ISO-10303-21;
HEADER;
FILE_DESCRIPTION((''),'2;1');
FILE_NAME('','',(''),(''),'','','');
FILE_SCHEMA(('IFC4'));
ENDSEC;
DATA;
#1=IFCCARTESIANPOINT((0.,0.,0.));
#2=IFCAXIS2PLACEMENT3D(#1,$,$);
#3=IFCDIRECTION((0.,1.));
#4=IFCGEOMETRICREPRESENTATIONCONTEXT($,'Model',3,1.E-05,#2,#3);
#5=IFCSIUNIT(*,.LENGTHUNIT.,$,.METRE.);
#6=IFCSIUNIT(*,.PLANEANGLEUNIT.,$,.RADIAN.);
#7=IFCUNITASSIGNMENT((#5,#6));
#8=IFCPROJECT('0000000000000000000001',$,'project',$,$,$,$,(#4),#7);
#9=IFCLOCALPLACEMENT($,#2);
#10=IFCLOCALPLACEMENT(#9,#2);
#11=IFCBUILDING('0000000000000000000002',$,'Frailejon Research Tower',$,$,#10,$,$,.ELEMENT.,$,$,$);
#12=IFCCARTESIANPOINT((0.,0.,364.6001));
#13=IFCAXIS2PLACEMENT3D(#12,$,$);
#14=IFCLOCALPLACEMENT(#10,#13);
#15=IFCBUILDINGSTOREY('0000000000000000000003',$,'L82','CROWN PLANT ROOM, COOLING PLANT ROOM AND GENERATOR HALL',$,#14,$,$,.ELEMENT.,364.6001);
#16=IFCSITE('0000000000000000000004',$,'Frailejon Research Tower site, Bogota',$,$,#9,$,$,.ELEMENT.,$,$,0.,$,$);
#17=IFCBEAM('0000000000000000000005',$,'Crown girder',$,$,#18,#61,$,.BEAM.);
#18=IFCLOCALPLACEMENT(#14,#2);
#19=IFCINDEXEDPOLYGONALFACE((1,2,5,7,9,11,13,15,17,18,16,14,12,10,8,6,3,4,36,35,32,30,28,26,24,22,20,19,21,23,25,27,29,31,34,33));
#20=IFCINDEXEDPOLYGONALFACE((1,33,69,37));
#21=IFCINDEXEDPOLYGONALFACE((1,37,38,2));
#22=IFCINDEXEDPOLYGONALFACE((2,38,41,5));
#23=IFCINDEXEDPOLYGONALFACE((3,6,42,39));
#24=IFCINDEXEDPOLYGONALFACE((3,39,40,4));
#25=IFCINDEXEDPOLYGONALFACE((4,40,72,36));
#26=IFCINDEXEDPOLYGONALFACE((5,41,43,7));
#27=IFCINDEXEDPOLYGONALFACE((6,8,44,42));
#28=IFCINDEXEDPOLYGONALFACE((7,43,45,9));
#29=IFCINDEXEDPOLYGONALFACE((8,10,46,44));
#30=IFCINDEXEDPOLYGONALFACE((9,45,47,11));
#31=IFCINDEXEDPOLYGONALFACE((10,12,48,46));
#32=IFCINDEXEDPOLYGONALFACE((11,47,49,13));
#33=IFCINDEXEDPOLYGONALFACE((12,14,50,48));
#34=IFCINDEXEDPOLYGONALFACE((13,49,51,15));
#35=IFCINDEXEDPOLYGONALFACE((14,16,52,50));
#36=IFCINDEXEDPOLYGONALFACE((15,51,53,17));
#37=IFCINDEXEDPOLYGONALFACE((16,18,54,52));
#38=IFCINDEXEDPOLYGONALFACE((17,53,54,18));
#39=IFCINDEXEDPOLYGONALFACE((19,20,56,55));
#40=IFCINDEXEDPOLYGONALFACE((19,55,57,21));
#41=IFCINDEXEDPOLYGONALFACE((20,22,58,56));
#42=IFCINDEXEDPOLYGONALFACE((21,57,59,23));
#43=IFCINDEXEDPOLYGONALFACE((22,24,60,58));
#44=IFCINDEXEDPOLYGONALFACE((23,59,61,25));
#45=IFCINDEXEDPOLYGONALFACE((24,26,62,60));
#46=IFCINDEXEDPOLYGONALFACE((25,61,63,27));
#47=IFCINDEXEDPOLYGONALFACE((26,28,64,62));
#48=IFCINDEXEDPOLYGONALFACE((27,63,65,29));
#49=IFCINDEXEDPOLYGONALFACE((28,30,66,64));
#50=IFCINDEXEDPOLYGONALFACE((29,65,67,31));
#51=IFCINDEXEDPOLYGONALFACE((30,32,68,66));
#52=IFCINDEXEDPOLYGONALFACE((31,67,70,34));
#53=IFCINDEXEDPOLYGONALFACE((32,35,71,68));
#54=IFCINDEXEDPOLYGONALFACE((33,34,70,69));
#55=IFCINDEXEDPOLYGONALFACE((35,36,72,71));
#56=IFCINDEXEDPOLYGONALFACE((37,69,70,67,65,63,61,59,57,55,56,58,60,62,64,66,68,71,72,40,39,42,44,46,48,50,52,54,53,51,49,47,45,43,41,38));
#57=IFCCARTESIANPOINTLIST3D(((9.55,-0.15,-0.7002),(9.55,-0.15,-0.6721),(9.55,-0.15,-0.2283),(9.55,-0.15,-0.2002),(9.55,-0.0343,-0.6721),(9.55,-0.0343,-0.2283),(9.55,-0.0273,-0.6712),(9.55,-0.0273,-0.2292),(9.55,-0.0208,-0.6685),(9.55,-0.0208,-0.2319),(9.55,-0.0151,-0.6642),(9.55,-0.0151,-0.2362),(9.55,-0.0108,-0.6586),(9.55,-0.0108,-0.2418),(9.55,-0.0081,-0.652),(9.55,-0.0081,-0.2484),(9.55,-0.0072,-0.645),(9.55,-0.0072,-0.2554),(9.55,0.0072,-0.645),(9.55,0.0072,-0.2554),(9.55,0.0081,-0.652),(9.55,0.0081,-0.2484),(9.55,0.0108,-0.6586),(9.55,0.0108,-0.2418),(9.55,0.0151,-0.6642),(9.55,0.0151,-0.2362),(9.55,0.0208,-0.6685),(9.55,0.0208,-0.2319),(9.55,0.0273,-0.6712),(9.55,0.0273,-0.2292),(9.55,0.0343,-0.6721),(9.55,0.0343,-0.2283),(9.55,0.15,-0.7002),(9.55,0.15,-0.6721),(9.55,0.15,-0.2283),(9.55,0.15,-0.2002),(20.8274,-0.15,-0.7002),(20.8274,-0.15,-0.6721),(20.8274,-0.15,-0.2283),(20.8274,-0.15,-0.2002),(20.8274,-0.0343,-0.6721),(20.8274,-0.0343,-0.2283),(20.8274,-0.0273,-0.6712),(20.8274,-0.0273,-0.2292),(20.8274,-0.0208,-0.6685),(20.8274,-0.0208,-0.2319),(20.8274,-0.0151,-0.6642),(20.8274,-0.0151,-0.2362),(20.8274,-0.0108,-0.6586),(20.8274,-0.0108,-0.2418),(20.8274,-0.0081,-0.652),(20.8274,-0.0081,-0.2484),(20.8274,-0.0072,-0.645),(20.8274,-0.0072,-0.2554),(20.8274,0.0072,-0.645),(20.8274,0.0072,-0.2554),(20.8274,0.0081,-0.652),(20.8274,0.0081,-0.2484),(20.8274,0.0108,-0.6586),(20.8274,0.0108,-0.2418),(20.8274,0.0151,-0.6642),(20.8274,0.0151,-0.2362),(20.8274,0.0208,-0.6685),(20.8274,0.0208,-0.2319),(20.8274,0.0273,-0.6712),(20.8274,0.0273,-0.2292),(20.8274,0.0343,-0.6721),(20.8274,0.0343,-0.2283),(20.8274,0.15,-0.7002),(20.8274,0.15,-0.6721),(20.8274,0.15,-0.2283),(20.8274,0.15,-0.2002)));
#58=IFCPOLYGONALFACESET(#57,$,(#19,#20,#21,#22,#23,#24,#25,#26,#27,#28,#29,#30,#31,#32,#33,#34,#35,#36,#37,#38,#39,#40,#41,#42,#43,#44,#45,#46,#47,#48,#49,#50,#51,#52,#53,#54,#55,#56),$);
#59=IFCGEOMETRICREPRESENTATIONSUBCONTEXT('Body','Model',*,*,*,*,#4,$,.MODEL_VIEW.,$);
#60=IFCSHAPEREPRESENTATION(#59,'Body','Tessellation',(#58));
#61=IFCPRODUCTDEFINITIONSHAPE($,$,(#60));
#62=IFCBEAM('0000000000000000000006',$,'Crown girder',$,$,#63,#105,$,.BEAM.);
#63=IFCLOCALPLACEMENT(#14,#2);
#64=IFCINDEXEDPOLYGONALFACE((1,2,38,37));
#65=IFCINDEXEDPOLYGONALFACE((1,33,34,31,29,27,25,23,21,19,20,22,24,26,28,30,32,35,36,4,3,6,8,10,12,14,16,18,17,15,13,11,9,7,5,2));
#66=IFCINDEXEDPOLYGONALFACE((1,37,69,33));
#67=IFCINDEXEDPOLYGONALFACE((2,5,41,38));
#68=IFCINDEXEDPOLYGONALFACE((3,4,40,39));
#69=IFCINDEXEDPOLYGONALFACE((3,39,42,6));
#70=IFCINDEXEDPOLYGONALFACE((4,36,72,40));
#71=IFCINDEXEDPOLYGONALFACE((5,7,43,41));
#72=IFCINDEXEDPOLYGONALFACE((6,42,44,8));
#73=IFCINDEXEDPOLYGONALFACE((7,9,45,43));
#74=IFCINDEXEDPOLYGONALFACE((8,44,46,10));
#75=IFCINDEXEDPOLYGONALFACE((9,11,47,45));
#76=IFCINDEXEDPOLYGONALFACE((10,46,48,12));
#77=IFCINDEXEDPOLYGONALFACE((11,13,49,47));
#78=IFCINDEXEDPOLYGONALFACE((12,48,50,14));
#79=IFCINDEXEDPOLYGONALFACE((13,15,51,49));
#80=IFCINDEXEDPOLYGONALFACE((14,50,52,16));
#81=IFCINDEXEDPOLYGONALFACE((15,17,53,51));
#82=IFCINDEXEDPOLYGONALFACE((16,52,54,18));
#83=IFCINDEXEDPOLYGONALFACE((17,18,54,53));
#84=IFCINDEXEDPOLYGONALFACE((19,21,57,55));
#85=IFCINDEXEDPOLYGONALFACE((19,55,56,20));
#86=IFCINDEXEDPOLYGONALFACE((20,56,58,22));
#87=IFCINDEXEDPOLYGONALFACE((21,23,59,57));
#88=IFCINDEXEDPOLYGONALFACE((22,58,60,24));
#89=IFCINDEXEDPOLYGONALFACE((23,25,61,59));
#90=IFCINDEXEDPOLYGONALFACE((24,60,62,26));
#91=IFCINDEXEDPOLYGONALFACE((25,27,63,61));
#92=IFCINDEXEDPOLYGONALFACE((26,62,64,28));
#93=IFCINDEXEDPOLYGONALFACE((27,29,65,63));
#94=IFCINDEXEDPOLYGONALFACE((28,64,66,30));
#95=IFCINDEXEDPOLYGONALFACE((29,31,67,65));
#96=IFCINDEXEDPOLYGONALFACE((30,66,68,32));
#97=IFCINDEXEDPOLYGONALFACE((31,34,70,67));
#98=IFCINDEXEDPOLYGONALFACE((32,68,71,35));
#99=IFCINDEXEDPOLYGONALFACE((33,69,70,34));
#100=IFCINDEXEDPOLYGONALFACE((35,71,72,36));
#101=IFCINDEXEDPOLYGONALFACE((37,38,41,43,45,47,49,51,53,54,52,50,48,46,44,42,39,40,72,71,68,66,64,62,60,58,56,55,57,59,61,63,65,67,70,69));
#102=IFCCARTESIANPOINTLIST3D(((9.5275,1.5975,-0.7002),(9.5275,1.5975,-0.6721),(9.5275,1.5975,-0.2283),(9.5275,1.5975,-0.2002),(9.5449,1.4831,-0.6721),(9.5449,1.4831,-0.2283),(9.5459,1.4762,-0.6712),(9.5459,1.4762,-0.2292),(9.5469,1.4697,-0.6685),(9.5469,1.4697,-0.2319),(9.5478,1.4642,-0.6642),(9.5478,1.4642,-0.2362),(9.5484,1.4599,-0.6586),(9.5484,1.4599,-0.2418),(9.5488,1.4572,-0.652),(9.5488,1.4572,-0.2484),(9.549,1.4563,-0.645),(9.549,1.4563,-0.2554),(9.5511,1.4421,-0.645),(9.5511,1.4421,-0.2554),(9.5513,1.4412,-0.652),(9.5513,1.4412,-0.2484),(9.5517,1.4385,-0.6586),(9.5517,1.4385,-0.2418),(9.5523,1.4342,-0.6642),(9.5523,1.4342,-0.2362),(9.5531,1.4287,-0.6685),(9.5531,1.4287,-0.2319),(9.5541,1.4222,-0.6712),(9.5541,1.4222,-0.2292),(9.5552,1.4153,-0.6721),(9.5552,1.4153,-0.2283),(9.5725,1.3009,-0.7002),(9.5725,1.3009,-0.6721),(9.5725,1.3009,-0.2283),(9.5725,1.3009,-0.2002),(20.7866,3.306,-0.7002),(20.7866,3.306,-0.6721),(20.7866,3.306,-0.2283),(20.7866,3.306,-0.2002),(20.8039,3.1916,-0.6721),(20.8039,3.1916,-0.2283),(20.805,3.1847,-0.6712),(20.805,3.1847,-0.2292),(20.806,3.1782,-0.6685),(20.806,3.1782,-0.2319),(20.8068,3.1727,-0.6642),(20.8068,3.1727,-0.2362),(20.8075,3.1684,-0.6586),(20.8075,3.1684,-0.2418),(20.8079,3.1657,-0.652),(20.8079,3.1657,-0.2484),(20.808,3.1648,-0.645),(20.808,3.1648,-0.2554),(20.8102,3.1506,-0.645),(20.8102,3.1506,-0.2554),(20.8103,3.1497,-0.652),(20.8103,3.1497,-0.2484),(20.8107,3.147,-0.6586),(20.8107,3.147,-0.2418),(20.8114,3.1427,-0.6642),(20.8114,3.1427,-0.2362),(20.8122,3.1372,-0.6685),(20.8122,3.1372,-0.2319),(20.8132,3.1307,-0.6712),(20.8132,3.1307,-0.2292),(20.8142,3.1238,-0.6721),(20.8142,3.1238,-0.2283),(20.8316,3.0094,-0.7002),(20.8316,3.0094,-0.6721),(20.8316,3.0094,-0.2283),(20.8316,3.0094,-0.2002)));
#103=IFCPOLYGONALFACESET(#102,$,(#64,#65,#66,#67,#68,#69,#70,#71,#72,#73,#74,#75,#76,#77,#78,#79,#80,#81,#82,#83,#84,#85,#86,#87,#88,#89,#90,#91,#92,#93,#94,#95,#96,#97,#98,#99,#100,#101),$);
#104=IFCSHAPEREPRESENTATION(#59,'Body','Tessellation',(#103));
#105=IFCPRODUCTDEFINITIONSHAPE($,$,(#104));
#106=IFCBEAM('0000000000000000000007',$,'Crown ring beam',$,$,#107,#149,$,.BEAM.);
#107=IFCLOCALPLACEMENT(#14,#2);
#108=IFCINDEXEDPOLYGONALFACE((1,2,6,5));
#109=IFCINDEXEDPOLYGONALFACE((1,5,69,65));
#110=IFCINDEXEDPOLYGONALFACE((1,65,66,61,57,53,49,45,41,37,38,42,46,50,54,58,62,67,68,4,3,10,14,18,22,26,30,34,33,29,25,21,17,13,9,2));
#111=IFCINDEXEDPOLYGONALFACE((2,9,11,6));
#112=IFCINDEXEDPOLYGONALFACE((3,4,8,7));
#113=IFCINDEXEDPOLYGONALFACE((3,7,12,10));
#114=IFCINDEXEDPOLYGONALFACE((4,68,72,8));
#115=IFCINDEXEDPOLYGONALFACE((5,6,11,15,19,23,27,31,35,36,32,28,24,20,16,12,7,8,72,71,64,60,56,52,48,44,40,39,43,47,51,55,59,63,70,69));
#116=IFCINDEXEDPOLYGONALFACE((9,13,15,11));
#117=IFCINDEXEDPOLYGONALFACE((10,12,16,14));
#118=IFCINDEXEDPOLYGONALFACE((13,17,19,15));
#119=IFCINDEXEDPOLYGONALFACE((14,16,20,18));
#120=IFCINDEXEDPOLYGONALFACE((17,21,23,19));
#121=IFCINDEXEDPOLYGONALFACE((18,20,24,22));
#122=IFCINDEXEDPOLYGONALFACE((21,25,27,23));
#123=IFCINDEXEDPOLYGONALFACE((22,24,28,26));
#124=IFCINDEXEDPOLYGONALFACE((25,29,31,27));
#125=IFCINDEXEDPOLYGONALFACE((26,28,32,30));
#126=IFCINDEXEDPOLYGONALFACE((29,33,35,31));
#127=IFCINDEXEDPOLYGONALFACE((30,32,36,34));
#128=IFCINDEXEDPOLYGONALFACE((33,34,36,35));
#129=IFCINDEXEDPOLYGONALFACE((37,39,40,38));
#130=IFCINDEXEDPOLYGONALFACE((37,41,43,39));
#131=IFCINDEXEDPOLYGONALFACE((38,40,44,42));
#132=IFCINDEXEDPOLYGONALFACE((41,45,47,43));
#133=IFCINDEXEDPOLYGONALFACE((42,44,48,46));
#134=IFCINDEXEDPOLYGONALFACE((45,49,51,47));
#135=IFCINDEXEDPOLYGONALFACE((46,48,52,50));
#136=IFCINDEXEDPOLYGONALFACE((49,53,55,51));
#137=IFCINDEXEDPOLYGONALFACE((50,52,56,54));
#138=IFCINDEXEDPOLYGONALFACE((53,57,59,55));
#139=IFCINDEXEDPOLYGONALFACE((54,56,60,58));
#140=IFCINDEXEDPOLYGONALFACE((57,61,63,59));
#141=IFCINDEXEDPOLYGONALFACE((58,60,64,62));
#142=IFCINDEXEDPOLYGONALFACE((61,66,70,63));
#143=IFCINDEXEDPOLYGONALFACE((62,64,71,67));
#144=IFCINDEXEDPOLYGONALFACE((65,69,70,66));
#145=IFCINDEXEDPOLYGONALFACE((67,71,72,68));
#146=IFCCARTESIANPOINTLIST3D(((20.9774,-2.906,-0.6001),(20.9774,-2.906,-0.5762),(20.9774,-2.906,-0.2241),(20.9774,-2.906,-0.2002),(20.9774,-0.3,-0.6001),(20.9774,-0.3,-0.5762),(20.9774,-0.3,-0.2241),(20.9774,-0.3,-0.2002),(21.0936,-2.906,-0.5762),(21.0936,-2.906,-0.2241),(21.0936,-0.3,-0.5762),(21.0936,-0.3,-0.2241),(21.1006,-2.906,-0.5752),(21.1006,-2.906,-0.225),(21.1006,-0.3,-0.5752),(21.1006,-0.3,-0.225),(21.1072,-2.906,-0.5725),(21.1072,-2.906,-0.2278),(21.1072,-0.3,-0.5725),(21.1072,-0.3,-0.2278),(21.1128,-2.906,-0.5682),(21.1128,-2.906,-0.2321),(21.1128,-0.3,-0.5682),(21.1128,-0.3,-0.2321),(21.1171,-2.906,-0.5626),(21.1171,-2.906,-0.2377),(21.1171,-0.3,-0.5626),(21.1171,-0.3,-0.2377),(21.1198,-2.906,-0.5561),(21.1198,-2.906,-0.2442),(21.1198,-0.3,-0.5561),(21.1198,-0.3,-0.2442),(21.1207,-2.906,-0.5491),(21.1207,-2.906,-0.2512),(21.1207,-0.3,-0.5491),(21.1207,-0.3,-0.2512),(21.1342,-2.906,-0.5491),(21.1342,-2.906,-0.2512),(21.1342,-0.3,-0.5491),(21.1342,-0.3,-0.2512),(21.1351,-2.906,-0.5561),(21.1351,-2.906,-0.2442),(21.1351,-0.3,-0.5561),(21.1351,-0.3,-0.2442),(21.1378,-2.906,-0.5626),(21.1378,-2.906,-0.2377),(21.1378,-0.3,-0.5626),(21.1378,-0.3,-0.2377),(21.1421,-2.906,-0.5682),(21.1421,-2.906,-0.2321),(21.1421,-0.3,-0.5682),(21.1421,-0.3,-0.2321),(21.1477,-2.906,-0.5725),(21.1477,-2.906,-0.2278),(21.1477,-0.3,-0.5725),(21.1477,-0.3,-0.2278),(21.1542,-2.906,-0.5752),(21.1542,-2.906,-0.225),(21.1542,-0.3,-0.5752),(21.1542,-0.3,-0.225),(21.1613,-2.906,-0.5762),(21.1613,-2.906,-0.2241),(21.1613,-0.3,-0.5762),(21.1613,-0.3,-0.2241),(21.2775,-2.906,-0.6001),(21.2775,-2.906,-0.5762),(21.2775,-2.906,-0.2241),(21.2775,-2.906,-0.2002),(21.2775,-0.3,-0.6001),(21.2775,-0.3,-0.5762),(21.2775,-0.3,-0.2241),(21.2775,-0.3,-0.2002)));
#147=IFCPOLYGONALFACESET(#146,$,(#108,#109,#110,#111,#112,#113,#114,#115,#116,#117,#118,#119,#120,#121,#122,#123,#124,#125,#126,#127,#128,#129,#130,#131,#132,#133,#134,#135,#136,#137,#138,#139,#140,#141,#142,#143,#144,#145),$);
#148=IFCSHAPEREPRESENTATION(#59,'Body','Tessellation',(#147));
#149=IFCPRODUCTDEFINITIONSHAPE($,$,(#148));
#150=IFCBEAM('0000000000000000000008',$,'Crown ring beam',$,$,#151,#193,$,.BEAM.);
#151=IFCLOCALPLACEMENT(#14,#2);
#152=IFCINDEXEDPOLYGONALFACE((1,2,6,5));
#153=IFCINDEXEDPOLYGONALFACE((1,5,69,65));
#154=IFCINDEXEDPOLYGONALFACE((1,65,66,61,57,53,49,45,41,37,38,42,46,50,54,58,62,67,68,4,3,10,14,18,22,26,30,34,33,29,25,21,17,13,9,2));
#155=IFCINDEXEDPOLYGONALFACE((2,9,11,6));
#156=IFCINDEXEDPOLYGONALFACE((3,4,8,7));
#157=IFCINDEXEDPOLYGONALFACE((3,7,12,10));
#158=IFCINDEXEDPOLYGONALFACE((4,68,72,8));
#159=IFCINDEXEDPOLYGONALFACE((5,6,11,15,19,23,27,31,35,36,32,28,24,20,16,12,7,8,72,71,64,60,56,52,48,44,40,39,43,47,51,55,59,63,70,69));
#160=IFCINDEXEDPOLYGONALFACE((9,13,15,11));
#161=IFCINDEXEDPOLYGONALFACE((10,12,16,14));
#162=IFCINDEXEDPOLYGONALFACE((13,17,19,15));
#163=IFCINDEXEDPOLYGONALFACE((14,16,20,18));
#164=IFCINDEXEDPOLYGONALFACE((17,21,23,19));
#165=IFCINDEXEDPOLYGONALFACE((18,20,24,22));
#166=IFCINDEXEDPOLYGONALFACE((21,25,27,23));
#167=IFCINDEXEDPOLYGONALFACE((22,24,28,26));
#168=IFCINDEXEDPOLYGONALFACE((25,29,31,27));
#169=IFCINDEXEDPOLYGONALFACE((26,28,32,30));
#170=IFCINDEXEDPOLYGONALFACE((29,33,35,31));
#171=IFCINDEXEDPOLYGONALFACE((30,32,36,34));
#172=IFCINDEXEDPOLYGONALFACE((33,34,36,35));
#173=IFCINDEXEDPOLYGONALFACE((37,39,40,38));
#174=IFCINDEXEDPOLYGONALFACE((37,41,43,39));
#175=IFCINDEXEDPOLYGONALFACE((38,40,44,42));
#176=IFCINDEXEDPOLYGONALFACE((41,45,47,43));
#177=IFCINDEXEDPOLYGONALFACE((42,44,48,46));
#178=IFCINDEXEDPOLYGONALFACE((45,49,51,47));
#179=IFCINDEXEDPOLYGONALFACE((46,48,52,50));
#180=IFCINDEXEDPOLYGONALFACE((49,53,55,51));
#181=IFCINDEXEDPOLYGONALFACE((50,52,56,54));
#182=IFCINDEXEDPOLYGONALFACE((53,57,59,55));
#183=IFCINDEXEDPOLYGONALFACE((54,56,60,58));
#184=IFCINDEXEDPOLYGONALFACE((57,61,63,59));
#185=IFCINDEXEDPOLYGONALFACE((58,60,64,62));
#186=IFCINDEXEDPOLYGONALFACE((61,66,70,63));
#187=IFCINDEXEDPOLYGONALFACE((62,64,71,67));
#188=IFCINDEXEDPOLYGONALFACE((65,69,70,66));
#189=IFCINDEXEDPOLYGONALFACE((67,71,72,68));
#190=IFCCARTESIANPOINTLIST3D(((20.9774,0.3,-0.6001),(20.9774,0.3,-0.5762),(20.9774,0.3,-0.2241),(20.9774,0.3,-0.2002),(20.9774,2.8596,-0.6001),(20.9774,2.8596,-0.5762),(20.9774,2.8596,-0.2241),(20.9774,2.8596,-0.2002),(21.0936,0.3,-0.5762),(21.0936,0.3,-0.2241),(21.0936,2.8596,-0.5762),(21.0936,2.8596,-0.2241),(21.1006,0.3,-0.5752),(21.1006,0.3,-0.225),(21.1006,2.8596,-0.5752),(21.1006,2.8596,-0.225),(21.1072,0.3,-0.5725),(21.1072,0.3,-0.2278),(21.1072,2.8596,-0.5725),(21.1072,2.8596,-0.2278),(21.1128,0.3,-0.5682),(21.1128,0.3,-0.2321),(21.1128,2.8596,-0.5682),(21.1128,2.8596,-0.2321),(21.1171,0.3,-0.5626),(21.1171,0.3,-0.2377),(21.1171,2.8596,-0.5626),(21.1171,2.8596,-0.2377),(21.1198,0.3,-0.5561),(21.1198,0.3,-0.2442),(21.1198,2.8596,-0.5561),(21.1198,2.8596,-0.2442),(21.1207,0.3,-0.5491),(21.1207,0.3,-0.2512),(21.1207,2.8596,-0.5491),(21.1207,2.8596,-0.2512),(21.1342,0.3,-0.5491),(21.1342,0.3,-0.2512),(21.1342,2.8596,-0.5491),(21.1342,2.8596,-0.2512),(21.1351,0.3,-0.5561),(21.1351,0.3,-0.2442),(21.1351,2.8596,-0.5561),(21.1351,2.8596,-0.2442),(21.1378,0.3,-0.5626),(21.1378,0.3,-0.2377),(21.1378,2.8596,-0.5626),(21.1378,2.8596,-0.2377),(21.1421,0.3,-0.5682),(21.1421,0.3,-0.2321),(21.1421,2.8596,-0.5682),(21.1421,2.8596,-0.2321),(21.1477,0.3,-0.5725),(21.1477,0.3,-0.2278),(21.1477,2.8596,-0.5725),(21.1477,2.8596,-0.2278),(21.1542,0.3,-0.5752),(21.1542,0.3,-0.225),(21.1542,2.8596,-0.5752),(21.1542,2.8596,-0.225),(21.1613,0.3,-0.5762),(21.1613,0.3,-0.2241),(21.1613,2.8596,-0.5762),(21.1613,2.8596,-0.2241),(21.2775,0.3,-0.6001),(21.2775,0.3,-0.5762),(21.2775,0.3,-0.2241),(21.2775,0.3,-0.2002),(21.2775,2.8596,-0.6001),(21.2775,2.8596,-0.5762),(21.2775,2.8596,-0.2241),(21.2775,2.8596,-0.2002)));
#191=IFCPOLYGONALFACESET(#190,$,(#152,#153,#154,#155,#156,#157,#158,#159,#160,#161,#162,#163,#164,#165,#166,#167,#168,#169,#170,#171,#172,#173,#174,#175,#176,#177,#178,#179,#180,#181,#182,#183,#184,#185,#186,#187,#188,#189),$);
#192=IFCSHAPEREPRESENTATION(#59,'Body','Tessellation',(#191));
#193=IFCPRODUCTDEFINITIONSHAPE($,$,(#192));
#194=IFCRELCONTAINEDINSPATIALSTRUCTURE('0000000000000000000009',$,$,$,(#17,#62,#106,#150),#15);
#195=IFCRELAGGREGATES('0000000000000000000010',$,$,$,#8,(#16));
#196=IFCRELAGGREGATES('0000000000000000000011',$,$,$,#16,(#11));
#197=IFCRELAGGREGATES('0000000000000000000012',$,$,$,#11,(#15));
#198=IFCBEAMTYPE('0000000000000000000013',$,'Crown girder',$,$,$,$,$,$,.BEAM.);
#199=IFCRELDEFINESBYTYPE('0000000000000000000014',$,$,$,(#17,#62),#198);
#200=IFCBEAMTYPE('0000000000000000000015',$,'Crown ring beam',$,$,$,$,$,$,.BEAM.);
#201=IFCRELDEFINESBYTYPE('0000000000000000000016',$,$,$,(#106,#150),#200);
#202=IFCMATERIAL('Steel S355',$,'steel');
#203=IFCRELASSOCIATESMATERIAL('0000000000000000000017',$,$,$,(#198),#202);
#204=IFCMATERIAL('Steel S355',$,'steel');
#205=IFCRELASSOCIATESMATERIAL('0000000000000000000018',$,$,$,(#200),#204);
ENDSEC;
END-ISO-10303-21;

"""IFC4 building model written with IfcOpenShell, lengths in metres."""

from ifc_helpers import new_model, si_unit, direction, frame, origin, origin_2d, place, context, subcontext, project, spatial, i_section, extrude, material, material_profile, profile_set, type_object, element, save


model = new_model("IFC4")

# Units and contexts
model_context = context("Model", 3, precision=1e-05, world=origin(), true_north=direction((0.0, 1.0)))
body_context = subcontext(model_context, "Body", "Model", "MODEL_VIEW")
ifc_project = project(units=[si_unit("LENGTHUNIT", "METRE"), si_unit("PLANEANGLEUNIT", "RADIAN")], contexts=[model_context])

# Site, building, storey
site_placement = place(None, origin())
site = spatial("IfcSite", under=ifc_project, at=site_placement, Name="Frailejon Research Tower site, Bogota", CompositionType="ELEMENT", RefElevation=0.0)
building_placement = place(site_placement, origin())
building = spatial("IfcBuilding", under=site, at=building_placement, Name="Frailejon Research Tower", CompositionType="ELEMENT")
storey_placement = place(building_placement, frame((0.0, 0.0, 364.6001)))
storey = spatial("IfcBuildingStorey", under=building, at=storey_placement, Name="L82", Description="CROWN PLANT ROOM, COOLING PLANT ROOM AND GENERATOR HALL", CompositionType="ELEMENT", Elevation=364.6001)

# Beams
ifc_material_1 = material(Name="Steel S355", Category="steel")
ifc_material_profile_1 = material_profile(ifc_material_1, i_section(OverallWidth=0.3, OverallDepth=0.5, WebThickness=0.0144, FlangeThickness=0.0281, FilletRadius=0.0271, at=origin_2d()), Name="HE 500 B")
ifc_profile_set_1 = profile_set([ifc_material_profile_1], Name="Steel S355")
beam_type_1 = type_object("IfcBeamType", Name="Crown girder", PredefinedType="BEAM", material=ifc_profile_set_1)
beam_1_placement = place(storey_placement, frame((20.8274, 0.0, -0.4502), z_axis=(-1.0, 0.0, 0.0), x_axis=(0.0, -1.0, 0.0)))
element("IfcBeam", 1, at=beam_1_placement, inside=storey, type_object=beam_type_1, Name="Crown girder", PredefinedType="BEAM", context=body_context, shape_type="SweptSolid", body=[
    extrude(i_section(OverallWidth=0.3, OverallDepth=0.5, WebThickness=0.0144, FlangeThickness=0.0281, FilletRadius=0.0271, at=origin_2d()), origin(), (0.0, 0.0, 1.0), 11.2773),
])
beam_2_placement = place(storey_placement, frame((20.8091, 3.1577, -0.4502), z_axis=(-0.988682, -0.150027, 0.0), x_axis=(0.150027, -0.988682, 0.0)))
element("IfcBeam", 2, at=beam_2_placement, inside=storey, type_object=beam_type_1, Name="Crown girder", PredefinedType="BEAM", context=body_context, shape_type="SweptSolid", body=[
    extrude(i_section(OverallWidth=0.3, OverallDepth=0.5, WebThickness=0.0144, FlangeThickness=0.0281, FilletRadius=0.0271, at=origin_2d()), origin(), (0.0, 0.0, 1.0), 11.3879),
])
ifc_material_2 = material(Name="Steel S355", Category="steel")
ifc_material_profile_2 = material_profile(ifc_material_2, i_section(OverallWidth=0.3, OverallDepth=0.3999, WebThickness=0.0134, FlangeThickness=0.0239, FilletRadius=0.0271, at=origin_2d()), Name="HE 400 B")
ifc_profile_set_2 = profile_set([ifc_material_profile_2], Name="Steel S355")
beam_type_2 = type_object("IfcBeamType", Name="Crown ring beam", PredefinedType="BEAM", material=ifc_profile_set_2)
beam_3_placement = place(storey_placement, frame((21.1274, -2.906, -0.4001), z_axis=(0.0, 1.0, 0.0), x_axis=(-1.0, 0.0, 0.0)))
element("IfcBeam", 3, at=beam_3_placement, inside=storey, type_object=beam_type_2, Name="Crown ring beam", PredefinedType="BEAM", context=body_context, shape_type="SweptSolid", body=[
    extrude(i_section(OverallWidth=0.3, OverallDepth=0.3999, WebThickness=0.0134, FlangeThickness=0.0239, FilletRadius=0.0271, at=origin_2d()), origin(), (0.0, 0.0, 1.0), 2.606),
])
beam_4_placement = place(storey_placement, frame((21.1274, 0.3, -0.4001), z_axis=(0.0, 1.0, 0.0), x_axis=(-1.0, 0.0, 0.0)))
element("IfcBeam", 4, at=beam_4_placement, inside=storey, type_object=beam_type_2, Name="Crown ring beam", PredefinedType="BEAM", context=body_context, shape_type="SweptSolid", body=[
    extrude(i_section(OverallWidth=0.3, OverallDepth=0.3999, WebThickness=0.0134, FlangeThickness=0.0239, FilletRadius=0.0271, at=origin_2d()), origin(), (0.0, 0.0, 1.0), 2.5596),
])

save(model, "model.ifc")
